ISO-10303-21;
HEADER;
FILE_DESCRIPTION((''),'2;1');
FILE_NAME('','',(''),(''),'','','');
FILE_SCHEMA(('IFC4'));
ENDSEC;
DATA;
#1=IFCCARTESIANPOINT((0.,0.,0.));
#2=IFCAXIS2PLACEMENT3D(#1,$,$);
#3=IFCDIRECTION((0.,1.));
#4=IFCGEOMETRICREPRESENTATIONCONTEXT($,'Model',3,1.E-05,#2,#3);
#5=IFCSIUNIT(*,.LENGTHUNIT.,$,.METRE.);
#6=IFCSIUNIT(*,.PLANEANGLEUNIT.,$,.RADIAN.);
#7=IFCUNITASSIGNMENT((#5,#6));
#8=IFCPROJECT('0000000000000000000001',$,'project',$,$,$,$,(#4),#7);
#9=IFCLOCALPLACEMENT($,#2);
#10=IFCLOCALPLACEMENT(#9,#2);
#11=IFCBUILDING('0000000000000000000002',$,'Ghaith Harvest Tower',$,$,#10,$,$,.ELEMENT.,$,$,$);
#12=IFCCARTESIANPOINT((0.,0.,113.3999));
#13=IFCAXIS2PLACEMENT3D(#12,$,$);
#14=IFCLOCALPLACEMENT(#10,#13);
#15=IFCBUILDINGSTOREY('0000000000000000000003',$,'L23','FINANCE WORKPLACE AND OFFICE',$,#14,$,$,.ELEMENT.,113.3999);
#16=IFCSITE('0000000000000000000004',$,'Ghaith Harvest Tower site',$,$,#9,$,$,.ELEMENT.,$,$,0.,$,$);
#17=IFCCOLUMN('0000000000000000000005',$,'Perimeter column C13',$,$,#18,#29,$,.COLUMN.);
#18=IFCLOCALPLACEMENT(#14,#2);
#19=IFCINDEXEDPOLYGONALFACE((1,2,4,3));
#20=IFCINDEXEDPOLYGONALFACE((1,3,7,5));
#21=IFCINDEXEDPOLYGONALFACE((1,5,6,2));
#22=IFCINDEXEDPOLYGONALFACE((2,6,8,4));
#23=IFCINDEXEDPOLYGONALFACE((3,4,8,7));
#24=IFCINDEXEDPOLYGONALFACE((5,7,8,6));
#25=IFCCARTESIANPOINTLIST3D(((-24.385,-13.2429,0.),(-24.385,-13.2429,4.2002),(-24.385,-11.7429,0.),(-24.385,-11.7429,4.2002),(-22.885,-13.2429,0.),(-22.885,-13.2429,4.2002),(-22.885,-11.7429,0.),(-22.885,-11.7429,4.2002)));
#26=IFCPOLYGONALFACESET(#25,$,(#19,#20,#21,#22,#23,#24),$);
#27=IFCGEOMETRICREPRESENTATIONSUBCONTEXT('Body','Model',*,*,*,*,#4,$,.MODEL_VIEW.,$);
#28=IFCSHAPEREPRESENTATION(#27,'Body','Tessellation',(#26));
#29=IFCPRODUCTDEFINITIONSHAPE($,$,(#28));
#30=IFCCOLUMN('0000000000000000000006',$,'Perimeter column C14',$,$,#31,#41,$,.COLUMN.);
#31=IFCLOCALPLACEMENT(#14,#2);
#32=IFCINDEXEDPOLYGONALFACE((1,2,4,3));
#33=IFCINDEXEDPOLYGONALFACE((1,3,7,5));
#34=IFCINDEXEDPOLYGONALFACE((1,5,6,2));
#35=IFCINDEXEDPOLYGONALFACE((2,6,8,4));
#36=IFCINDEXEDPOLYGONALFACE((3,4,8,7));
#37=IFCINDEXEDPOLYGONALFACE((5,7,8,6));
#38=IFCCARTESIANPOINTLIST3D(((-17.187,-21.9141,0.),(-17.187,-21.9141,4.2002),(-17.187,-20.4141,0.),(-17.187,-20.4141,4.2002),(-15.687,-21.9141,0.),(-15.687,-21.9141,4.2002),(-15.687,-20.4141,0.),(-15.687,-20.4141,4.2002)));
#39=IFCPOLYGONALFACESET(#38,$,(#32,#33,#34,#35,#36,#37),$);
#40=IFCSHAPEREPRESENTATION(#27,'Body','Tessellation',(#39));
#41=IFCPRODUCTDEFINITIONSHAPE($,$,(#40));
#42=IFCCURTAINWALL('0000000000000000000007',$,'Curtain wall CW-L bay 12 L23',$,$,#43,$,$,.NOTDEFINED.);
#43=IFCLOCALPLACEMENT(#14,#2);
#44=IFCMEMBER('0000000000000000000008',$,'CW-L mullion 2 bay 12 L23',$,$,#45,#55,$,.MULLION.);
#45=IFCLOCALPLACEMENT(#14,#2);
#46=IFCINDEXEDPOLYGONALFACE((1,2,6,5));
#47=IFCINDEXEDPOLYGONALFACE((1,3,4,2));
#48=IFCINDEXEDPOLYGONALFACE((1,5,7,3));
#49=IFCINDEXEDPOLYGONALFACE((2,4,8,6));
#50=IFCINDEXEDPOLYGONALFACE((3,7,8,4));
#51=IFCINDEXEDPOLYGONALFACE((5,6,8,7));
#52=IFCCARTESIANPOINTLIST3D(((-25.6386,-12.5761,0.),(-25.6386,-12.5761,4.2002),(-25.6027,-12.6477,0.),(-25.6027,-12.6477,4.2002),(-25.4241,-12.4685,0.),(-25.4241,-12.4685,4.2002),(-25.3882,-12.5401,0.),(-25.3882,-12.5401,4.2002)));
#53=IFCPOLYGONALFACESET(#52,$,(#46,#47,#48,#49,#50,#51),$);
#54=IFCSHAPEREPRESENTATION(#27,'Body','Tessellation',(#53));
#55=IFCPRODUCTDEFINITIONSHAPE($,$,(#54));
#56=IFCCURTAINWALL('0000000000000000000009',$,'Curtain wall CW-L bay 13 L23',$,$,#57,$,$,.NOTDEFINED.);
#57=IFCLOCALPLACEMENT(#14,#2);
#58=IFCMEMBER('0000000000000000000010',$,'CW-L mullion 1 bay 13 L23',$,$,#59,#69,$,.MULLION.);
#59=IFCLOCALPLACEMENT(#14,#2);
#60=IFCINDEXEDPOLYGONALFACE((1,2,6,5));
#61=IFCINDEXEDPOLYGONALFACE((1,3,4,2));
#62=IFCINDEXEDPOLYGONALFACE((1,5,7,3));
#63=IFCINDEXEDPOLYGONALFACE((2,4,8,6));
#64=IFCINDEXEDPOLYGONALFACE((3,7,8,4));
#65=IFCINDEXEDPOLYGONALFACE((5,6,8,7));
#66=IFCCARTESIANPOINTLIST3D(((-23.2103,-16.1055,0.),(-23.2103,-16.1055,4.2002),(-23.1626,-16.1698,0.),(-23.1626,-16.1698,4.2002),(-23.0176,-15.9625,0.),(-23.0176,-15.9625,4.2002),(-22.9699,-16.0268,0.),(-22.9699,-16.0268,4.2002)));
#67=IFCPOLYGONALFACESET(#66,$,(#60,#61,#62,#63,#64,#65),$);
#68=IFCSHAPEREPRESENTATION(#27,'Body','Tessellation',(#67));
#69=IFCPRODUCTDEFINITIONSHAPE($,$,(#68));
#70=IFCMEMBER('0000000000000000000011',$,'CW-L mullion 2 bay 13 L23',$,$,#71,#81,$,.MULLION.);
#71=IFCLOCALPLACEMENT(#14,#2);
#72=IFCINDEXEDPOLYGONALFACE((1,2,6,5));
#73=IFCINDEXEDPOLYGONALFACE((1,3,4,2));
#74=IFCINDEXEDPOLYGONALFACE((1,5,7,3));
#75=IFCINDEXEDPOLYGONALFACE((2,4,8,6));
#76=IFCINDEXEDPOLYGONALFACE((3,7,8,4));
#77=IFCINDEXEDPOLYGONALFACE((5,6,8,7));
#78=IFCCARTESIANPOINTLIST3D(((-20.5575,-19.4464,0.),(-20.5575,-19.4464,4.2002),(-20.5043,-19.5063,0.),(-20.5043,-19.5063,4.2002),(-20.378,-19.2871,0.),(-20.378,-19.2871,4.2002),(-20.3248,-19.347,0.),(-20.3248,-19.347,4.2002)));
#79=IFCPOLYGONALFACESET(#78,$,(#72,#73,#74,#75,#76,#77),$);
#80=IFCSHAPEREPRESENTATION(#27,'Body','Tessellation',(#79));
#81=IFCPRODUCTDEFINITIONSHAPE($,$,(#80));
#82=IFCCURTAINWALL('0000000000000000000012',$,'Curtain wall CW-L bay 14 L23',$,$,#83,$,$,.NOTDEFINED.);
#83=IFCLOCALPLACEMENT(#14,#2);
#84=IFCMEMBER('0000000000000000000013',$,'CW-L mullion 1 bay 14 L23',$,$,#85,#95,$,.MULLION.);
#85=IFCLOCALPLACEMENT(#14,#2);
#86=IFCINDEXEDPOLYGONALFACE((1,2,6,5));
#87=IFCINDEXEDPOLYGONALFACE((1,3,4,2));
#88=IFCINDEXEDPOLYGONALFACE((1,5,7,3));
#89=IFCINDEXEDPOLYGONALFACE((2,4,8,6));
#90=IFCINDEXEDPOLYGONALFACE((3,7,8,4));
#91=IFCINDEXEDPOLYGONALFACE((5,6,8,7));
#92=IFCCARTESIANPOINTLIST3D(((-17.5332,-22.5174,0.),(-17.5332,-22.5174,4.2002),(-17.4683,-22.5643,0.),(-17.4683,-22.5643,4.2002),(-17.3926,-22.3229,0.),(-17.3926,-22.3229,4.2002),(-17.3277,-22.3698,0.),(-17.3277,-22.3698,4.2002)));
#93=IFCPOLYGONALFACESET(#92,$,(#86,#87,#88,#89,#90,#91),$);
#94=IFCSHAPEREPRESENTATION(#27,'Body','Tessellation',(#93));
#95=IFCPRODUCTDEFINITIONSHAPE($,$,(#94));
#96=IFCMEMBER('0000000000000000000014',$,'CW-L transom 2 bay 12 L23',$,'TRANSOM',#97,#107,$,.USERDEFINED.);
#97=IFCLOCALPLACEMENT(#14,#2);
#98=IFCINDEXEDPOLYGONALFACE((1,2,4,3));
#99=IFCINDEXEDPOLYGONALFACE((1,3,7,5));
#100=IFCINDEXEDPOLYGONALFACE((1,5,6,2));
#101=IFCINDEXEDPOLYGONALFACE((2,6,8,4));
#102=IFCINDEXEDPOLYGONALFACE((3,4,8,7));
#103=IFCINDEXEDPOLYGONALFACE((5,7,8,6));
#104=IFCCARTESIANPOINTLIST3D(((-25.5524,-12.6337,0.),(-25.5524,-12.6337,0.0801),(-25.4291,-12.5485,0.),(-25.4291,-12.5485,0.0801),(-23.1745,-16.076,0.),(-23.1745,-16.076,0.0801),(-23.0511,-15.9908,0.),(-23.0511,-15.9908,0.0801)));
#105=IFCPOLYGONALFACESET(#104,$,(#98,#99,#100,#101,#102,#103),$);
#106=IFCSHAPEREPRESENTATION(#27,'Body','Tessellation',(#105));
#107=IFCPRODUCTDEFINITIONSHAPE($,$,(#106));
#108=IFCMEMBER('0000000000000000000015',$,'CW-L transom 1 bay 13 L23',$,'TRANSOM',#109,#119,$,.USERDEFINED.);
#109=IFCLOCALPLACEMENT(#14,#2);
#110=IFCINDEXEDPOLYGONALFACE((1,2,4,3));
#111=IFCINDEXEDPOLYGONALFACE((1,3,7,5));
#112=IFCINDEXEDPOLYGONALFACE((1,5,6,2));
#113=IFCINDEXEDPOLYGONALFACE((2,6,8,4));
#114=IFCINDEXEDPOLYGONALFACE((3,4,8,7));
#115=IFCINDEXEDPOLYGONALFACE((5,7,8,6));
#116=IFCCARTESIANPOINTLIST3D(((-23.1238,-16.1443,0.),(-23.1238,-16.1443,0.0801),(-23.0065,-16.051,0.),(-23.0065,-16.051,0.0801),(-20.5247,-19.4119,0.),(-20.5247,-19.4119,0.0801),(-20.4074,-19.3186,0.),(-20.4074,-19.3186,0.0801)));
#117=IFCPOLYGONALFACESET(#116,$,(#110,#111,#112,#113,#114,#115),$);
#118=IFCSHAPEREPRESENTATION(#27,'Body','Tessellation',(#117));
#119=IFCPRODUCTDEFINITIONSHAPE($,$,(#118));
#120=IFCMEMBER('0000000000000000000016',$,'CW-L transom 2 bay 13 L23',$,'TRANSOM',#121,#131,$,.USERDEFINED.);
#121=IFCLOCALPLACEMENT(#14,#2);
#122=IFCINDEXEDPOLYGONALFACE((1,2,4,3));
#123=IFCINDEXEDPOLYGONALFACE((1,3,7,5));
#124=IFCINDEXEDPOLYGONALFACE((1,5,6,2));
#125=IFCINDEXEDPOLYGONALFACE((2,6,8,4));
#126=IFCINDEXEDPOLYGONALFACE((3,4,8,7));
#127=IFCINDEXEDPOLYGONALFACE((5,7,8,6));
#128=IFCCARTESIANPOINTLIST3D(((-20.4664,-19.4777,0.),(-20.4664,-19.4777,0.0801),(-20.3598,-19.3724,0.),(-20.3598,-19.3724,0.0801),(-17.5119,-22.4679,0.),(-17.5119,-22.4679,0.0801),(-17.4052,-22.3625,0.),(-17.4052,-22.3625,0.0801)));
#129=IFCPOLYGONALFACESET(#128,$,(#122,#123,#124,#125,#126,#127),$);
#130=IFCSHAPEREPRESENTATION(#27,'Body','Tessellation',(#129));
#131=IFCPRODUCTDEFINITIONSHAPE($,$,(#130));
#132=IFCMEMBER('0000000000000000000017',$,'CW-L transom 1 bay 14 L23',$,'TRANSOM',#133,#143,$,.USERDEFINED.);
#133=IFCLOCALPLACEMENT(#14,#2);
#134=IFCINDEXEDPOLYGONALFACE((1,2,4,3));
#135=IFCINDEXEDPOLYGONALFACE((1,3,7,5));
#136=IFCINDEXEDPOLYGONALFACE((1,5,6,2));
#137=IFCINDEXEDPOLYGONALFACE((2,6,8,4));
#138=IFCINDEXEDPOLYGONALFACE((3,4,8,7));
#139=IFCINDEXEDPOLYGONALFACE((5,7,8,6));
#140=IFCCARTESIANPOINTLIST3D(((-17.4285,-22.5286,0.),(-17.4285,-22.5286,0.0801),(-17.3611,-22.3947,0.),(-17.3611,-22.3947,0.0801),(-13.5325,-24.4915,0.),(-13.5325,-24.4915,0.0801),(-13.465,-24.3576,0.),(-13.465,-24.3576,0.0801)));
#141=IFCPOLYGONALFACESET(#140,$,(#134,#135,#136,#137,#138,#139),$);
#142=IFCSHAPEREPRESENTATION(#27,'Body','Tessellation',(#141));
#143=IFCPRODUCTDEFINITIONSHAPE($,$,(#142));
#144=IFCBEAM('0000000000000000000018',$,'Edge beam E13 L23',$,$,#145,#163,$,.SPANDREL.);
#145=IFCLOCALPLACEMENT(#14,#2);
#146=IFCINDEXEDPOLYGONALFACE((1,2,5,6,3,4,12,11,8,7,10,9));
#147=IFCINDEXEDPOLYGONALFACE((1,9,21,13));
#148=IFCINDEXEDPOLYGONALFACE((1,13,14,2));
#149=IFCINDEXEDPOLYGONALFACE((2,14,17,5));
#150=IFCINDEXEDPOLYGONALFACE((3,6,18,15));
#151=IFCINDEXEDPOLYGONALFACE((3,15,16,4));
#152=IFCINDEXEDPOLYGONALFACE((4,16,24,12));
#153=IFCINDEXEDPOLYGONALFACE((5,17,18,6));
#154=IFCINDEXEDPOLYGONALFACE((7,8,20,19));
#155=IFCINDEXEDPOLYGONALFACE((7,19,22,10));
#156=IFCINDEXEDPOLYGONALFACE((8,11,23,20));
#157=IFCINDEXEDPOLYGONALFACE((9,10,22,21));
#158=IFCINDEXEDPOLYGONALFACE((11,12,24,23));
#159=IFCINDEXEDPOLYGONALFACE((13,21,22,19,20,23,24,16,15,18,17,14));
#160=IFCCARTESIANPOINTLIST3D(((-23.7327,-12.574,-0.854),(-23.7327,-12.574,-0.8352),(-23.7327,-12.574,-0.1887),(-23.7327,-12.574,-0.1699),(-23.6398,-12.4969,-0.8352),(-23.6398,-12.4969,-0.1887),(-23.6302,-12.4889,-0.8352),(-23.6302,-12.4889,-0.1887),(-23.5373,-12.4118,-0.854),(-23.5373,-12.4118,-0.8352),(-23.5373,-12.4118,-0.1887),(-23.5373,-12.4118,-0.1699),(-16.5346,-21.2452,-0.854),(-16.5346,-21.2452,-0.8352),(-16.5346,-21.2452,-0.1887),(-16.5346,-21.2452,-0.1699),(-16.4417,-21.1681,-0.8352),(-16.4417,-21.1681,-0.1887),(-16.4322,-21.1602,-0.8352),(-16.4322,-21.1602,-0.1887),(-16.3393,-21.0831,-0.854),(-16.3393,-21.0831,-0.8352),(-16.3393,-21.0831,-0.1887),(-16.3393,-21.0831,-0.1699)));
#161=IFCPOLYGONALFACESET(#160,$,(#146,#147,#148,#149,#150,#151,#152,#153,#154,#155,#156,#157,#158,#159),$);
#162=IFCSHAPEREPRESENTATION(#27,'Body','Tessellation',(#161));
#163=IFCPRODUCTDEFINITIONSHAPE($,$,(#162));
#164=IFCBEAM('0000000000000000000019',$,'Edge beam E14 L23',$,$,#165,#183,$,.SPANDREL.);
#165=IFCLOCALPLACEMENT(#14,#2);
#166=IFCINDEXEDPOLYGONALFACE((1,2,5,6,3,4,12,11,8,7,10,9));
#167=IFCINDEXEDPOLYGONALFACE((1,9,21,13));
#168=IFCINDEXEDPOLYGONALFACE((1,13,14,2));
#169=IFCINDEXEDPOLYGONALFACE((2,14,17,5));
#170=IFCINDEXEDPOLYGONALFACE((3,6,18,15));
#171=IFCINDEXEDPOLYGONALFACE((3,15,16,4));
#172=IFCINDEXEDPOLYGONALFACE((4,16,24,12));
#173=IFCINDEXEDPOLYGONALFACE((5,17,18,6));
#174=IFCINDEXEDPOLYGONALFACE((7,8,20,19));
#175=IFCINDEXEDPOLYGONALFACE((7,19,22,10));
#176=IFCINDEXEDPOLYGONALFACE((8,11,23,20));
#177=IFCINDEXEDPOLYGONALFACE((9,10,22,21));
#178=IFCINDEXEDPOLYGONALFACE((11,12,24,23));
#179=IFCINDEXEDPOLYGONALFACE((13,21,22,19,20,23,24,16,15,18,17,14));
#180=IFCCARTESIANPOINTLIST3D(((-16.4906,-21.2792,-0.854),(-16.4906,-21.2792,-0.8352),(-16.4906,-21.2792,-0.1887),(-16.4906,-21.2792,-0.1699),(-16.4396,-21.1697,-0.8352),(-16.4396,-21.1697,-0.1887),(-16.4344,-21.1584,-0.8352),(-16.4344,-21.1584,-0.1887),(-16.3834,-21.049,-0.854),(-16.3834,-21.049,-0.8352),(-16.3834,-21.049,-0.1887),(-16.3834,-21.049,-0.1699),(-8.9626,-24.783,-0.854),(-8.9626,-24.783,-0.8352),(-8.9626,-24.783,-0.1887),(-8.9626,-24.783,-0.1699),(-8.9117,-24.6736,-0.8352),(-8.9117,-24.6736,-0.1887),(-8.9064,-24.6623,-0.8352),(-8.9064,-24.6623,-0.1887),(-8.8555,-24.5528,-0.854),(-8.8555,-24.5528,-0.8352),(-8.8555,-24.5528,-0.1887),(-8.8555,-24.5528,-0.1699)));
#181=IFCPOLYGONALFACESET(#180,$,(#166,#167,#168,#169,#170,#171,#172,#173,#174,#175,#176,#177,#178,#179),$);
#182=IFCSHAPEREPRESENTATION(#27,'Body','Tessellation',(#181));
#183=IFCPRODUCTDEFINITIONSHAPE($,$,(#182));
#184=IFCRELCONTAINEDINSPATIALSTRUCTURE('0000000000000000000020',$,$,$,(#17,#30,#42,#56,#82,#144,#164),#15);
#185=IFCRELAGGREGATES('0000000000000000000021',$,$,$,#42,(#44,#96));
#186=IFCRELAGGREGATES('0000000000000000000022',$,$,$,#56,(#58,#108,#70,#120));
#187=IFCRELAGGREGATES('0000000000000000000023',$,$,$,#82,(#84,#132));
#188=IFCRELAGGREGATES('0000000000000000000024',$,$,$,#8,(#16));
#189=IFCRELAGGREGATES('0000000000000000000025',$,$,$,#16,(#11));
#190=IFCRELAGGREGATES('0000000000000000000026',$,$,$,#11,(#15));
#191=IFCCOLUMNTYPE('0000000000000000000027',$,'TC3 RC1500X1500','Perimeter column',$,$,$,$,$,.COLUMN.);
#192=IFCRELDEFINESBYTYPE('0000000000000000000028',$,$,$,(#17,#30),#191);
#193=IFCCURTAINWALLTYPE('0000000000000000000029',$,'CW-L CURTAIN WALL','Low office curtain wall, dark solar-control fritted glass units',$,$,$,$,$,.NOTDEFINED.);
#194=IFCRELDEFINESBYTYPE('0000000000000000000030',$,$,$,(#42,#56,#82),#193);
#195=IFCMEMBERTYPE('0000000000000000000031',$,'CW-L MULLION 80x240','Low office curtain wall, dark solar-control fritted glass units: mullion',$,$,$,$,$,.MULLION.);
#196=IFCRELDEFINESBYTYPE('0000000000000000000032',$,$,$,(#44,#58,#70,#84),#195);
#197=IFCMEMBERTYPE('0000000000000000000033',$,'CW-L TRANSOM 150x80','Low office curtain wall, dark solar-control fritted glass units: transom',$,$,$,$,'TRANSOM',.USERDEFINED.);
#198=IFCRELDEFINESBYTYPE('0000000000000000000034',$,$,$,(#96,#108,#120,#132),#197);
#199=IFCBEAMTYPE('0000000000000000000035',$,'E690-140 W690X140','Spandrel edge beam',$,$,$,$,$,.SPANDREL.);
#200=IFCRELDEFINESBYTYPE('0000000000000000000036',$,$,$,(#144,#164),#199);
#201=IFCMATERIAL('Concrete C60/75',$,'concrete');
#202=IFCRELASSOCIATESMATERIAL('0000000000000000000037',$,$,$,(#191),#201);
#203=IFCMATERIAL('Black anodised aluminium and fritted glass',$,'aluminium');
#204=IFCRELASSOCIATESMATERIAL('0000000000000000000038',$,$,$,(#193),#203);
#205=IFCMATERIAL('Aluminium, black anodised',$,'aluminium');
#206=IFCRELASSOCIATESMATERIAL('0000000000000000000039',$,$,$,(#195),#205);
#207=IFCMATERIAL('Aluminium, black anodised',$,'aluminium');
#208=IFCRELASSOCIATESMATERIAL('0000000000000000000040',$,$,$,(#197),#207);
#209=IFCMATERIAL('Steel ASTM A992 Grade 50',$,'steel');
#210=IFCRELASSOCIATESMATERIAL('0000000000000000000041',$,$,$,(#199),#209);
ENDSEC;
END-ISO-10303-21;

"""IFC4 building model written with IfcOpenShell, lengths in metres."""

from ifc_helpers import new_model, si_unit, direction, frame, origin, origin_2d, place, context, subcontext, project, spatial, rectangle, i_section, extrude, material, material_profile, profile_set, type_object, element, aggregate, save


model = new_model("IFC4")

# Units and contexts
model_context = context("Model", 3, precision=1e-05, world=origin(), true_north=direction((0.0, 1.0)))
body_context = subcontext(model_context, "Body", "Model", "MODEL_VIEW")
ifc_project = project(units=[si_unit("LENGTHUNIT", "METRE"), si_unit("PLANEANGLEUNIT", "RADIAN")], contexts=[model_context])

# Site, building, storey
site_placement = place(None, origin())
site = spatial("IfcSite", under=ifc_project, at=site_placement, Name="Ghaith Harvest Tower site", CompositionType="ELEMENT", RefElevation=0.0)
building_placement = place(site_placement, origin())
building = spatial("IfcBuilding", under=site, at=building_placement, Name="Ghaith Harvest Tower", CompositionType="ELEMENT")
storey_placement = place(building_placement, frame((0.0, 0.0, 113.3999)))
storey = spatial("IfcBuildingStorey", under=building, at=storey_placement, Name="L23", Description="FINANCE WORKPLACE AND OFFICE", CompositionType="ELEMENT", Elevation=113.3999)

# Columns
ifc_material_1 = material(Name="Concrete C60/75", Category="concrete")
ifc_material_profile_1 = material_profile(ifc_material_1, rectangle(XDim=1.5, YDim=1.5, at=origin_2d()), Name="RC1500X1500")
ifc_profile_set_1 = profile_set([ifc_material_profile_1], Name="Concrete C60/75")
column_type = type_object("IfcColumnType", Name="TC3 RC1500X1500", Description="Perimeter column", PredefinedType="COLUMN", material=ifc_profile_set_1)
for number, where, z_axis, x_axis, name in (
    (1, (-23.635, -12.4929, 0.0), (0.0, 0.0, 1.0), (1.0, 0.0, 0.0), "Perimeter column C13"),
    (2, (-16.437, -21.1641, 0.0), (0.0, 0.0, 1.0), (1.0, 0.0, 0.0), "Perimeter column C14"),
):
    element("IfcColumn", number, at=place(storey_placement, frame(where, z_axis=z_axis, x_axis=x_axis)), inside=storey, type_object=column_type, Name=name, PredefinedType="COLUMN", context=body_context, shape_type="SweptSolid", body=[
        extrude(rectangle(XDim=1.5, YDim=1.5, at=origin_2d()), origin(), (0.0, 0.0, 1.0), 4.2002),
    ])

# Curtain wall, member
ifc_material_2 = material(Name="Black anodised aluminium and fritted glass", Category="aluminium")
curtain_wall_type = type_object("IfcCurtainWallType", Name="CW-L CURTAIN WALL", Description="Low office curtain wall, dark solar-control fritted glass units", PredefinedType="NOTDEFINED", material=ifc_material_2)
curtain_wall_1_placement = place(storey_placement, origin())
curtain_wall_1 = element("IfcCurtainWall", 3, at=curtain_wall_1_placement, inside=storey, type_object=curtain_wall_type, Name="Curtain wall CW-L bay 12 L23", PredefinedType="NOTDEFINED")
ifc_material_3 = material(Name="Aluminium, black anodised", Category="aluminium")
ifc_material_profile_2 = material_profile(ifc_material_3, rectangle(XDim=0.0801, YDim=0.24, at=origin_2d()), Name="CW-L MULLION 80x240")
ifc_profile_set_2 = profile_set([ifc_material_profile_2], Name="Aluminium, black anodised")
member_type_1 = type_object("IfcMemberType", Name="CW-L MULLION 80x240", Description="Low office curtain wall, dark solar-control fritted glass units: mullion", PredefinedType="MULLION", material=ifc_profile_set_2)
member_1_placement = place(storey_placement, frame((-25.5134, -12.5581, 0.0), z_axis=(0.0, 0.0, 1.0), x_axis=(0.448267, -0.8939, 0.0)))
member_1 = element("IfcMember", 4, at=member_1_placement, type_object=member_type_1, Name="CW-L mullion 2 bay 12 L23", PredefinedType="MULLION", context=body_context, shape_type="SweptSolid", body=[
    extrude(rectangle(XDim=0.0801, YDim=0.24, at=origin_2d()), origin(), (0.0, 0.0, 1.0), 4.2002),
])

# Curtain wall, members
curtain_wall_2_placement = place(storey_placement, origin())
curtain_wall_2 = element("IfcCurtainWall", 5, at=curtain_wall_2_placement, inside=storey, type_object=curtain_wall_type, Name="Curtain wall CW-L bay 13 L23", PredefinedType="NOTDEFINED")
member_2_placement = place(storey_placement, frame((-23.0901, -16.0662, 0.0), z_axis=(0.0, 0.0, 1.0), x_axis=(0.59574, -0.803177, 0.0)))
member_2 = element("IfcMember", 6, at=member_2_placement, type_object=member_type_1, Name="CW-L mullion 1 bay 13 L23", PredefinedType="MULLION", context=body_context, shape_type="SweptSolid", body=[
    extrude(rectangle(XDim=0.0801, YDim=0.24, at=origin_2d()), origin(), (0.0, 0.0, 1.0), 4.2002),
])
member_3_placement = place(storey_placement, frame((-20.4412, -19.3967, 0.0), z_axis=(0.0, 0.0, 1.0), x_axis=(0.663765, -0.747941, 0.0)))
member_3 = element("IfcMember", 7, at=member_3_placement, type_object=member_type_1, Name="CW-L mullion 2 bay 13 L23", PredefinedType="MULLION", context=body_context, shape_type="SweptSolid", body=[
    extrude(rectangle(XDim=0.0801, YDim=0.24, at=origin_2d()), origin(), (0.0, 0.0, 1.0), 4.2002),
])

# Curtain wall, member
curtain_wall_3_placement = place(storey_placement, origin())
curtain_wall_3 = element("IfcCurtainWall", 8, at=curtain_wall_3_placement, inside=storey, type_object=curtain_wall_type, Name="Curtain wall CW-L bay 14 L23", PredefinedType="NOTDEFINED")
member_4_placement = place(storey_placement, frame((-17.4304, -22.4436, 0.0), z_axis=(0.0, 0.0, 1.0), x_axis=(0.810339, -0.585961, 0.0)))
member_4 = element("IfcMember", 9, at=member_4_placement, type_object=member_type_1, Name="CW-L mullion 1 bay 14 L23", PredefinedType="MULLION", context=body_context, shape_type="SweptSolid", body=[
    extrude(rectangle(XDim=0.0801, YDim=0.24, at=origin_2d()), origin(), (0.0, 0.0, 1.0), 4.2002),
])

# Members
ifc_material_4 = material(Name="Aluminium, black anodised", Category="aluminium")
ifc_material_profile_3 = material_profile(ifc_material_4, rectangle(XDim=0.1499, YDim=0.0801, at=origin_2d()), Name="CW-L TRANSOM 150x80")
ifc_profile_set_3 = profile_set([ifc_material_profile_3], Name="Aluminium, black anodised")
member_type_2 = type_object("IfcMemberType", Name="CW-L TRANSOM 150x80", Description="Low office curtain wall, dark solar-control fritted glass units: transom", ElementType="TRANSOM", PredefinedType="USERDEFINED", material=ifc_profile_set_3)
member_5_placement = place(storey_placement, frame((-25.4907, -12.5911, 0.04), z_axis=(0.56836, -0.82278, 0.0), x_axis=(0.82278, 0.56836, 0.0)))
member_5 = element("IfcMember", 10, at=member_5_placement, type_object=member_type_2, Name="CW-L transom 2 bay 12 L23", ObjectType="TRANSOM", PredefinedType="USERDEFINED", context=body_context, shape_type="SweptSolid", body=[
    extrude(rectangle(XDim=0.1499, YDim=0.0801, at=origin_2d()), origin(), (0.0, 0.0, 1.0), 4.1838),
])
member_6_placement = place(storey_placement, frame((-23.0652, -16.0977, 0.04), z_axis=(0.622511, -0.782611, 0.0), x_axis=(0.782611, 0.622511, 0.0)))
member_6 = element("IfcMember", 11, at=member_6_placement, type_object=member_type_2, Name="CW-L transom 1 bay 13 L23", ObjectType="TRANSOM", PredefinedType="USERDEFINED", context=body_context, shape_type="SweptSolid", body=[
    extrude(rectangle(XDim=0.1499, YDim=0.0801, at=origin_2d()), origin(), (0.0, 0.0, 1.0), 4.1753),
])
member_7_placement = place(storey_placement, frame((-20.4131, -19.425, 0.04), z_axis=(0.702854, -0.711334, 0.0), x_axis=(0.711334, 0.702854, 0.0)))
member_7 = element("IfcMember", 12, at=member_7_placement, type_object=member_type_2, Name="CW-L transom 2 bay 13 L23", ObjectType="TRANSOM", PredefinedType="USERDEFINED", context=body_context, shape_type="SweptSolid", body=[
    extrude(rectangle(XDim=0.1499, YDim=0.0801, at=origin_2d()), origin(), (0.0, 0.0, 1.0), 4.2036),
])
member_8_placement = place(storey_placement, frame((-17.3948, -22.4617, 0.04), z_axis=(0.893058, -0.449943, 0.0), x_axis=(0.449943, 0.893058, 0.0)))
member_8 = element("IfcMember", 13, at=member_8_placement, type_object=member_type_2, Name="CW-L transom 1 bay 14 L23", ObjectType="TRANSOM", PredefinedType="USERDEFINED", context=body_context, shape_type="SweptSolid", body=[
    extrude(rectangle(XDim=0.1499, YDim=0.0801, at=origin_2d()), origin(), (0.0, 0.0, 1.0), 4.3625),
])

# Beams
ifc_material_5 = material(Name="Steel ASTM A992 Grade 50", Category="steel")
ifc_material_profile_4 = material_profile(ifc_material_5, i_section(OverallWidth=0.2539, OverallDepth=0.6841, WebThickness=0.0125, FlangeThickness=0.0188, at=origin_2d()), Name="W690X140")
ifc_profile_set_4 = profile_set([ifc_material_profile_4], Name="Steel ASTM A992 Grade 50")
beam_type = type_object("IfcBeamType", Name="E690-140 W690X140", Description="Spandrel edge beam", PredefinedType="SPANDREL", material=ifc_profile_set_4)
beam_1_placement = place(storey_placement, frame((-23.635, -12.4929, -0.512), z_axis=(0.638719, -0.76944, 0.0), x_axis=(0.76944, 0.638719, 0.0)))
element("IfcBeam", 14, at=beam_1_placement, inside=storey, type_object=beam_type, Name="Edge beam E13 L23", PredefinedType="SPANDREL", context=body_context, shape_type="SweptSolid", body=[
    extrude(i_section(OverallWidth=0.2539, OverallDepth=0.6841, WebThickness=0.0125, FlangeThickness=0.0188, at=origin_2d()), origin(), (0.0, 0.0, 1.0), 11.2695),
])
beam_2_placement = place(storey_placement, frame((-16.437, -21.1641, -0.512), z_axis=(0.906607, -0.421976, 0.0), x_axis=(0.421976, 0.906607, 0.0)))
element("IfcBeam", 15, at=beam_2_placement, inside=storey, type_object=beam_type, Name="Edge beam E14 L23", PredefinedType="SPANDREL", context=body_context, shape_type="SweptSolid", body=[
    extrude(i_section(OverallWidth=0.2539, OverallDepth=0.6841, WebThickness=0.0125, FlangeThickness=0.0188, at=origin_2d()), origin(), (0.0, 0.0, 1.0), 8.3035),
])

aggregate(curtain_wall_1, [member_1, member_5])
aggregate(curtain_wall_2, [member_2, member_6, member_3, member_7])
aggregate(curtain_wall_3, [member_4, member_8])

save(model, "model.ifc")
